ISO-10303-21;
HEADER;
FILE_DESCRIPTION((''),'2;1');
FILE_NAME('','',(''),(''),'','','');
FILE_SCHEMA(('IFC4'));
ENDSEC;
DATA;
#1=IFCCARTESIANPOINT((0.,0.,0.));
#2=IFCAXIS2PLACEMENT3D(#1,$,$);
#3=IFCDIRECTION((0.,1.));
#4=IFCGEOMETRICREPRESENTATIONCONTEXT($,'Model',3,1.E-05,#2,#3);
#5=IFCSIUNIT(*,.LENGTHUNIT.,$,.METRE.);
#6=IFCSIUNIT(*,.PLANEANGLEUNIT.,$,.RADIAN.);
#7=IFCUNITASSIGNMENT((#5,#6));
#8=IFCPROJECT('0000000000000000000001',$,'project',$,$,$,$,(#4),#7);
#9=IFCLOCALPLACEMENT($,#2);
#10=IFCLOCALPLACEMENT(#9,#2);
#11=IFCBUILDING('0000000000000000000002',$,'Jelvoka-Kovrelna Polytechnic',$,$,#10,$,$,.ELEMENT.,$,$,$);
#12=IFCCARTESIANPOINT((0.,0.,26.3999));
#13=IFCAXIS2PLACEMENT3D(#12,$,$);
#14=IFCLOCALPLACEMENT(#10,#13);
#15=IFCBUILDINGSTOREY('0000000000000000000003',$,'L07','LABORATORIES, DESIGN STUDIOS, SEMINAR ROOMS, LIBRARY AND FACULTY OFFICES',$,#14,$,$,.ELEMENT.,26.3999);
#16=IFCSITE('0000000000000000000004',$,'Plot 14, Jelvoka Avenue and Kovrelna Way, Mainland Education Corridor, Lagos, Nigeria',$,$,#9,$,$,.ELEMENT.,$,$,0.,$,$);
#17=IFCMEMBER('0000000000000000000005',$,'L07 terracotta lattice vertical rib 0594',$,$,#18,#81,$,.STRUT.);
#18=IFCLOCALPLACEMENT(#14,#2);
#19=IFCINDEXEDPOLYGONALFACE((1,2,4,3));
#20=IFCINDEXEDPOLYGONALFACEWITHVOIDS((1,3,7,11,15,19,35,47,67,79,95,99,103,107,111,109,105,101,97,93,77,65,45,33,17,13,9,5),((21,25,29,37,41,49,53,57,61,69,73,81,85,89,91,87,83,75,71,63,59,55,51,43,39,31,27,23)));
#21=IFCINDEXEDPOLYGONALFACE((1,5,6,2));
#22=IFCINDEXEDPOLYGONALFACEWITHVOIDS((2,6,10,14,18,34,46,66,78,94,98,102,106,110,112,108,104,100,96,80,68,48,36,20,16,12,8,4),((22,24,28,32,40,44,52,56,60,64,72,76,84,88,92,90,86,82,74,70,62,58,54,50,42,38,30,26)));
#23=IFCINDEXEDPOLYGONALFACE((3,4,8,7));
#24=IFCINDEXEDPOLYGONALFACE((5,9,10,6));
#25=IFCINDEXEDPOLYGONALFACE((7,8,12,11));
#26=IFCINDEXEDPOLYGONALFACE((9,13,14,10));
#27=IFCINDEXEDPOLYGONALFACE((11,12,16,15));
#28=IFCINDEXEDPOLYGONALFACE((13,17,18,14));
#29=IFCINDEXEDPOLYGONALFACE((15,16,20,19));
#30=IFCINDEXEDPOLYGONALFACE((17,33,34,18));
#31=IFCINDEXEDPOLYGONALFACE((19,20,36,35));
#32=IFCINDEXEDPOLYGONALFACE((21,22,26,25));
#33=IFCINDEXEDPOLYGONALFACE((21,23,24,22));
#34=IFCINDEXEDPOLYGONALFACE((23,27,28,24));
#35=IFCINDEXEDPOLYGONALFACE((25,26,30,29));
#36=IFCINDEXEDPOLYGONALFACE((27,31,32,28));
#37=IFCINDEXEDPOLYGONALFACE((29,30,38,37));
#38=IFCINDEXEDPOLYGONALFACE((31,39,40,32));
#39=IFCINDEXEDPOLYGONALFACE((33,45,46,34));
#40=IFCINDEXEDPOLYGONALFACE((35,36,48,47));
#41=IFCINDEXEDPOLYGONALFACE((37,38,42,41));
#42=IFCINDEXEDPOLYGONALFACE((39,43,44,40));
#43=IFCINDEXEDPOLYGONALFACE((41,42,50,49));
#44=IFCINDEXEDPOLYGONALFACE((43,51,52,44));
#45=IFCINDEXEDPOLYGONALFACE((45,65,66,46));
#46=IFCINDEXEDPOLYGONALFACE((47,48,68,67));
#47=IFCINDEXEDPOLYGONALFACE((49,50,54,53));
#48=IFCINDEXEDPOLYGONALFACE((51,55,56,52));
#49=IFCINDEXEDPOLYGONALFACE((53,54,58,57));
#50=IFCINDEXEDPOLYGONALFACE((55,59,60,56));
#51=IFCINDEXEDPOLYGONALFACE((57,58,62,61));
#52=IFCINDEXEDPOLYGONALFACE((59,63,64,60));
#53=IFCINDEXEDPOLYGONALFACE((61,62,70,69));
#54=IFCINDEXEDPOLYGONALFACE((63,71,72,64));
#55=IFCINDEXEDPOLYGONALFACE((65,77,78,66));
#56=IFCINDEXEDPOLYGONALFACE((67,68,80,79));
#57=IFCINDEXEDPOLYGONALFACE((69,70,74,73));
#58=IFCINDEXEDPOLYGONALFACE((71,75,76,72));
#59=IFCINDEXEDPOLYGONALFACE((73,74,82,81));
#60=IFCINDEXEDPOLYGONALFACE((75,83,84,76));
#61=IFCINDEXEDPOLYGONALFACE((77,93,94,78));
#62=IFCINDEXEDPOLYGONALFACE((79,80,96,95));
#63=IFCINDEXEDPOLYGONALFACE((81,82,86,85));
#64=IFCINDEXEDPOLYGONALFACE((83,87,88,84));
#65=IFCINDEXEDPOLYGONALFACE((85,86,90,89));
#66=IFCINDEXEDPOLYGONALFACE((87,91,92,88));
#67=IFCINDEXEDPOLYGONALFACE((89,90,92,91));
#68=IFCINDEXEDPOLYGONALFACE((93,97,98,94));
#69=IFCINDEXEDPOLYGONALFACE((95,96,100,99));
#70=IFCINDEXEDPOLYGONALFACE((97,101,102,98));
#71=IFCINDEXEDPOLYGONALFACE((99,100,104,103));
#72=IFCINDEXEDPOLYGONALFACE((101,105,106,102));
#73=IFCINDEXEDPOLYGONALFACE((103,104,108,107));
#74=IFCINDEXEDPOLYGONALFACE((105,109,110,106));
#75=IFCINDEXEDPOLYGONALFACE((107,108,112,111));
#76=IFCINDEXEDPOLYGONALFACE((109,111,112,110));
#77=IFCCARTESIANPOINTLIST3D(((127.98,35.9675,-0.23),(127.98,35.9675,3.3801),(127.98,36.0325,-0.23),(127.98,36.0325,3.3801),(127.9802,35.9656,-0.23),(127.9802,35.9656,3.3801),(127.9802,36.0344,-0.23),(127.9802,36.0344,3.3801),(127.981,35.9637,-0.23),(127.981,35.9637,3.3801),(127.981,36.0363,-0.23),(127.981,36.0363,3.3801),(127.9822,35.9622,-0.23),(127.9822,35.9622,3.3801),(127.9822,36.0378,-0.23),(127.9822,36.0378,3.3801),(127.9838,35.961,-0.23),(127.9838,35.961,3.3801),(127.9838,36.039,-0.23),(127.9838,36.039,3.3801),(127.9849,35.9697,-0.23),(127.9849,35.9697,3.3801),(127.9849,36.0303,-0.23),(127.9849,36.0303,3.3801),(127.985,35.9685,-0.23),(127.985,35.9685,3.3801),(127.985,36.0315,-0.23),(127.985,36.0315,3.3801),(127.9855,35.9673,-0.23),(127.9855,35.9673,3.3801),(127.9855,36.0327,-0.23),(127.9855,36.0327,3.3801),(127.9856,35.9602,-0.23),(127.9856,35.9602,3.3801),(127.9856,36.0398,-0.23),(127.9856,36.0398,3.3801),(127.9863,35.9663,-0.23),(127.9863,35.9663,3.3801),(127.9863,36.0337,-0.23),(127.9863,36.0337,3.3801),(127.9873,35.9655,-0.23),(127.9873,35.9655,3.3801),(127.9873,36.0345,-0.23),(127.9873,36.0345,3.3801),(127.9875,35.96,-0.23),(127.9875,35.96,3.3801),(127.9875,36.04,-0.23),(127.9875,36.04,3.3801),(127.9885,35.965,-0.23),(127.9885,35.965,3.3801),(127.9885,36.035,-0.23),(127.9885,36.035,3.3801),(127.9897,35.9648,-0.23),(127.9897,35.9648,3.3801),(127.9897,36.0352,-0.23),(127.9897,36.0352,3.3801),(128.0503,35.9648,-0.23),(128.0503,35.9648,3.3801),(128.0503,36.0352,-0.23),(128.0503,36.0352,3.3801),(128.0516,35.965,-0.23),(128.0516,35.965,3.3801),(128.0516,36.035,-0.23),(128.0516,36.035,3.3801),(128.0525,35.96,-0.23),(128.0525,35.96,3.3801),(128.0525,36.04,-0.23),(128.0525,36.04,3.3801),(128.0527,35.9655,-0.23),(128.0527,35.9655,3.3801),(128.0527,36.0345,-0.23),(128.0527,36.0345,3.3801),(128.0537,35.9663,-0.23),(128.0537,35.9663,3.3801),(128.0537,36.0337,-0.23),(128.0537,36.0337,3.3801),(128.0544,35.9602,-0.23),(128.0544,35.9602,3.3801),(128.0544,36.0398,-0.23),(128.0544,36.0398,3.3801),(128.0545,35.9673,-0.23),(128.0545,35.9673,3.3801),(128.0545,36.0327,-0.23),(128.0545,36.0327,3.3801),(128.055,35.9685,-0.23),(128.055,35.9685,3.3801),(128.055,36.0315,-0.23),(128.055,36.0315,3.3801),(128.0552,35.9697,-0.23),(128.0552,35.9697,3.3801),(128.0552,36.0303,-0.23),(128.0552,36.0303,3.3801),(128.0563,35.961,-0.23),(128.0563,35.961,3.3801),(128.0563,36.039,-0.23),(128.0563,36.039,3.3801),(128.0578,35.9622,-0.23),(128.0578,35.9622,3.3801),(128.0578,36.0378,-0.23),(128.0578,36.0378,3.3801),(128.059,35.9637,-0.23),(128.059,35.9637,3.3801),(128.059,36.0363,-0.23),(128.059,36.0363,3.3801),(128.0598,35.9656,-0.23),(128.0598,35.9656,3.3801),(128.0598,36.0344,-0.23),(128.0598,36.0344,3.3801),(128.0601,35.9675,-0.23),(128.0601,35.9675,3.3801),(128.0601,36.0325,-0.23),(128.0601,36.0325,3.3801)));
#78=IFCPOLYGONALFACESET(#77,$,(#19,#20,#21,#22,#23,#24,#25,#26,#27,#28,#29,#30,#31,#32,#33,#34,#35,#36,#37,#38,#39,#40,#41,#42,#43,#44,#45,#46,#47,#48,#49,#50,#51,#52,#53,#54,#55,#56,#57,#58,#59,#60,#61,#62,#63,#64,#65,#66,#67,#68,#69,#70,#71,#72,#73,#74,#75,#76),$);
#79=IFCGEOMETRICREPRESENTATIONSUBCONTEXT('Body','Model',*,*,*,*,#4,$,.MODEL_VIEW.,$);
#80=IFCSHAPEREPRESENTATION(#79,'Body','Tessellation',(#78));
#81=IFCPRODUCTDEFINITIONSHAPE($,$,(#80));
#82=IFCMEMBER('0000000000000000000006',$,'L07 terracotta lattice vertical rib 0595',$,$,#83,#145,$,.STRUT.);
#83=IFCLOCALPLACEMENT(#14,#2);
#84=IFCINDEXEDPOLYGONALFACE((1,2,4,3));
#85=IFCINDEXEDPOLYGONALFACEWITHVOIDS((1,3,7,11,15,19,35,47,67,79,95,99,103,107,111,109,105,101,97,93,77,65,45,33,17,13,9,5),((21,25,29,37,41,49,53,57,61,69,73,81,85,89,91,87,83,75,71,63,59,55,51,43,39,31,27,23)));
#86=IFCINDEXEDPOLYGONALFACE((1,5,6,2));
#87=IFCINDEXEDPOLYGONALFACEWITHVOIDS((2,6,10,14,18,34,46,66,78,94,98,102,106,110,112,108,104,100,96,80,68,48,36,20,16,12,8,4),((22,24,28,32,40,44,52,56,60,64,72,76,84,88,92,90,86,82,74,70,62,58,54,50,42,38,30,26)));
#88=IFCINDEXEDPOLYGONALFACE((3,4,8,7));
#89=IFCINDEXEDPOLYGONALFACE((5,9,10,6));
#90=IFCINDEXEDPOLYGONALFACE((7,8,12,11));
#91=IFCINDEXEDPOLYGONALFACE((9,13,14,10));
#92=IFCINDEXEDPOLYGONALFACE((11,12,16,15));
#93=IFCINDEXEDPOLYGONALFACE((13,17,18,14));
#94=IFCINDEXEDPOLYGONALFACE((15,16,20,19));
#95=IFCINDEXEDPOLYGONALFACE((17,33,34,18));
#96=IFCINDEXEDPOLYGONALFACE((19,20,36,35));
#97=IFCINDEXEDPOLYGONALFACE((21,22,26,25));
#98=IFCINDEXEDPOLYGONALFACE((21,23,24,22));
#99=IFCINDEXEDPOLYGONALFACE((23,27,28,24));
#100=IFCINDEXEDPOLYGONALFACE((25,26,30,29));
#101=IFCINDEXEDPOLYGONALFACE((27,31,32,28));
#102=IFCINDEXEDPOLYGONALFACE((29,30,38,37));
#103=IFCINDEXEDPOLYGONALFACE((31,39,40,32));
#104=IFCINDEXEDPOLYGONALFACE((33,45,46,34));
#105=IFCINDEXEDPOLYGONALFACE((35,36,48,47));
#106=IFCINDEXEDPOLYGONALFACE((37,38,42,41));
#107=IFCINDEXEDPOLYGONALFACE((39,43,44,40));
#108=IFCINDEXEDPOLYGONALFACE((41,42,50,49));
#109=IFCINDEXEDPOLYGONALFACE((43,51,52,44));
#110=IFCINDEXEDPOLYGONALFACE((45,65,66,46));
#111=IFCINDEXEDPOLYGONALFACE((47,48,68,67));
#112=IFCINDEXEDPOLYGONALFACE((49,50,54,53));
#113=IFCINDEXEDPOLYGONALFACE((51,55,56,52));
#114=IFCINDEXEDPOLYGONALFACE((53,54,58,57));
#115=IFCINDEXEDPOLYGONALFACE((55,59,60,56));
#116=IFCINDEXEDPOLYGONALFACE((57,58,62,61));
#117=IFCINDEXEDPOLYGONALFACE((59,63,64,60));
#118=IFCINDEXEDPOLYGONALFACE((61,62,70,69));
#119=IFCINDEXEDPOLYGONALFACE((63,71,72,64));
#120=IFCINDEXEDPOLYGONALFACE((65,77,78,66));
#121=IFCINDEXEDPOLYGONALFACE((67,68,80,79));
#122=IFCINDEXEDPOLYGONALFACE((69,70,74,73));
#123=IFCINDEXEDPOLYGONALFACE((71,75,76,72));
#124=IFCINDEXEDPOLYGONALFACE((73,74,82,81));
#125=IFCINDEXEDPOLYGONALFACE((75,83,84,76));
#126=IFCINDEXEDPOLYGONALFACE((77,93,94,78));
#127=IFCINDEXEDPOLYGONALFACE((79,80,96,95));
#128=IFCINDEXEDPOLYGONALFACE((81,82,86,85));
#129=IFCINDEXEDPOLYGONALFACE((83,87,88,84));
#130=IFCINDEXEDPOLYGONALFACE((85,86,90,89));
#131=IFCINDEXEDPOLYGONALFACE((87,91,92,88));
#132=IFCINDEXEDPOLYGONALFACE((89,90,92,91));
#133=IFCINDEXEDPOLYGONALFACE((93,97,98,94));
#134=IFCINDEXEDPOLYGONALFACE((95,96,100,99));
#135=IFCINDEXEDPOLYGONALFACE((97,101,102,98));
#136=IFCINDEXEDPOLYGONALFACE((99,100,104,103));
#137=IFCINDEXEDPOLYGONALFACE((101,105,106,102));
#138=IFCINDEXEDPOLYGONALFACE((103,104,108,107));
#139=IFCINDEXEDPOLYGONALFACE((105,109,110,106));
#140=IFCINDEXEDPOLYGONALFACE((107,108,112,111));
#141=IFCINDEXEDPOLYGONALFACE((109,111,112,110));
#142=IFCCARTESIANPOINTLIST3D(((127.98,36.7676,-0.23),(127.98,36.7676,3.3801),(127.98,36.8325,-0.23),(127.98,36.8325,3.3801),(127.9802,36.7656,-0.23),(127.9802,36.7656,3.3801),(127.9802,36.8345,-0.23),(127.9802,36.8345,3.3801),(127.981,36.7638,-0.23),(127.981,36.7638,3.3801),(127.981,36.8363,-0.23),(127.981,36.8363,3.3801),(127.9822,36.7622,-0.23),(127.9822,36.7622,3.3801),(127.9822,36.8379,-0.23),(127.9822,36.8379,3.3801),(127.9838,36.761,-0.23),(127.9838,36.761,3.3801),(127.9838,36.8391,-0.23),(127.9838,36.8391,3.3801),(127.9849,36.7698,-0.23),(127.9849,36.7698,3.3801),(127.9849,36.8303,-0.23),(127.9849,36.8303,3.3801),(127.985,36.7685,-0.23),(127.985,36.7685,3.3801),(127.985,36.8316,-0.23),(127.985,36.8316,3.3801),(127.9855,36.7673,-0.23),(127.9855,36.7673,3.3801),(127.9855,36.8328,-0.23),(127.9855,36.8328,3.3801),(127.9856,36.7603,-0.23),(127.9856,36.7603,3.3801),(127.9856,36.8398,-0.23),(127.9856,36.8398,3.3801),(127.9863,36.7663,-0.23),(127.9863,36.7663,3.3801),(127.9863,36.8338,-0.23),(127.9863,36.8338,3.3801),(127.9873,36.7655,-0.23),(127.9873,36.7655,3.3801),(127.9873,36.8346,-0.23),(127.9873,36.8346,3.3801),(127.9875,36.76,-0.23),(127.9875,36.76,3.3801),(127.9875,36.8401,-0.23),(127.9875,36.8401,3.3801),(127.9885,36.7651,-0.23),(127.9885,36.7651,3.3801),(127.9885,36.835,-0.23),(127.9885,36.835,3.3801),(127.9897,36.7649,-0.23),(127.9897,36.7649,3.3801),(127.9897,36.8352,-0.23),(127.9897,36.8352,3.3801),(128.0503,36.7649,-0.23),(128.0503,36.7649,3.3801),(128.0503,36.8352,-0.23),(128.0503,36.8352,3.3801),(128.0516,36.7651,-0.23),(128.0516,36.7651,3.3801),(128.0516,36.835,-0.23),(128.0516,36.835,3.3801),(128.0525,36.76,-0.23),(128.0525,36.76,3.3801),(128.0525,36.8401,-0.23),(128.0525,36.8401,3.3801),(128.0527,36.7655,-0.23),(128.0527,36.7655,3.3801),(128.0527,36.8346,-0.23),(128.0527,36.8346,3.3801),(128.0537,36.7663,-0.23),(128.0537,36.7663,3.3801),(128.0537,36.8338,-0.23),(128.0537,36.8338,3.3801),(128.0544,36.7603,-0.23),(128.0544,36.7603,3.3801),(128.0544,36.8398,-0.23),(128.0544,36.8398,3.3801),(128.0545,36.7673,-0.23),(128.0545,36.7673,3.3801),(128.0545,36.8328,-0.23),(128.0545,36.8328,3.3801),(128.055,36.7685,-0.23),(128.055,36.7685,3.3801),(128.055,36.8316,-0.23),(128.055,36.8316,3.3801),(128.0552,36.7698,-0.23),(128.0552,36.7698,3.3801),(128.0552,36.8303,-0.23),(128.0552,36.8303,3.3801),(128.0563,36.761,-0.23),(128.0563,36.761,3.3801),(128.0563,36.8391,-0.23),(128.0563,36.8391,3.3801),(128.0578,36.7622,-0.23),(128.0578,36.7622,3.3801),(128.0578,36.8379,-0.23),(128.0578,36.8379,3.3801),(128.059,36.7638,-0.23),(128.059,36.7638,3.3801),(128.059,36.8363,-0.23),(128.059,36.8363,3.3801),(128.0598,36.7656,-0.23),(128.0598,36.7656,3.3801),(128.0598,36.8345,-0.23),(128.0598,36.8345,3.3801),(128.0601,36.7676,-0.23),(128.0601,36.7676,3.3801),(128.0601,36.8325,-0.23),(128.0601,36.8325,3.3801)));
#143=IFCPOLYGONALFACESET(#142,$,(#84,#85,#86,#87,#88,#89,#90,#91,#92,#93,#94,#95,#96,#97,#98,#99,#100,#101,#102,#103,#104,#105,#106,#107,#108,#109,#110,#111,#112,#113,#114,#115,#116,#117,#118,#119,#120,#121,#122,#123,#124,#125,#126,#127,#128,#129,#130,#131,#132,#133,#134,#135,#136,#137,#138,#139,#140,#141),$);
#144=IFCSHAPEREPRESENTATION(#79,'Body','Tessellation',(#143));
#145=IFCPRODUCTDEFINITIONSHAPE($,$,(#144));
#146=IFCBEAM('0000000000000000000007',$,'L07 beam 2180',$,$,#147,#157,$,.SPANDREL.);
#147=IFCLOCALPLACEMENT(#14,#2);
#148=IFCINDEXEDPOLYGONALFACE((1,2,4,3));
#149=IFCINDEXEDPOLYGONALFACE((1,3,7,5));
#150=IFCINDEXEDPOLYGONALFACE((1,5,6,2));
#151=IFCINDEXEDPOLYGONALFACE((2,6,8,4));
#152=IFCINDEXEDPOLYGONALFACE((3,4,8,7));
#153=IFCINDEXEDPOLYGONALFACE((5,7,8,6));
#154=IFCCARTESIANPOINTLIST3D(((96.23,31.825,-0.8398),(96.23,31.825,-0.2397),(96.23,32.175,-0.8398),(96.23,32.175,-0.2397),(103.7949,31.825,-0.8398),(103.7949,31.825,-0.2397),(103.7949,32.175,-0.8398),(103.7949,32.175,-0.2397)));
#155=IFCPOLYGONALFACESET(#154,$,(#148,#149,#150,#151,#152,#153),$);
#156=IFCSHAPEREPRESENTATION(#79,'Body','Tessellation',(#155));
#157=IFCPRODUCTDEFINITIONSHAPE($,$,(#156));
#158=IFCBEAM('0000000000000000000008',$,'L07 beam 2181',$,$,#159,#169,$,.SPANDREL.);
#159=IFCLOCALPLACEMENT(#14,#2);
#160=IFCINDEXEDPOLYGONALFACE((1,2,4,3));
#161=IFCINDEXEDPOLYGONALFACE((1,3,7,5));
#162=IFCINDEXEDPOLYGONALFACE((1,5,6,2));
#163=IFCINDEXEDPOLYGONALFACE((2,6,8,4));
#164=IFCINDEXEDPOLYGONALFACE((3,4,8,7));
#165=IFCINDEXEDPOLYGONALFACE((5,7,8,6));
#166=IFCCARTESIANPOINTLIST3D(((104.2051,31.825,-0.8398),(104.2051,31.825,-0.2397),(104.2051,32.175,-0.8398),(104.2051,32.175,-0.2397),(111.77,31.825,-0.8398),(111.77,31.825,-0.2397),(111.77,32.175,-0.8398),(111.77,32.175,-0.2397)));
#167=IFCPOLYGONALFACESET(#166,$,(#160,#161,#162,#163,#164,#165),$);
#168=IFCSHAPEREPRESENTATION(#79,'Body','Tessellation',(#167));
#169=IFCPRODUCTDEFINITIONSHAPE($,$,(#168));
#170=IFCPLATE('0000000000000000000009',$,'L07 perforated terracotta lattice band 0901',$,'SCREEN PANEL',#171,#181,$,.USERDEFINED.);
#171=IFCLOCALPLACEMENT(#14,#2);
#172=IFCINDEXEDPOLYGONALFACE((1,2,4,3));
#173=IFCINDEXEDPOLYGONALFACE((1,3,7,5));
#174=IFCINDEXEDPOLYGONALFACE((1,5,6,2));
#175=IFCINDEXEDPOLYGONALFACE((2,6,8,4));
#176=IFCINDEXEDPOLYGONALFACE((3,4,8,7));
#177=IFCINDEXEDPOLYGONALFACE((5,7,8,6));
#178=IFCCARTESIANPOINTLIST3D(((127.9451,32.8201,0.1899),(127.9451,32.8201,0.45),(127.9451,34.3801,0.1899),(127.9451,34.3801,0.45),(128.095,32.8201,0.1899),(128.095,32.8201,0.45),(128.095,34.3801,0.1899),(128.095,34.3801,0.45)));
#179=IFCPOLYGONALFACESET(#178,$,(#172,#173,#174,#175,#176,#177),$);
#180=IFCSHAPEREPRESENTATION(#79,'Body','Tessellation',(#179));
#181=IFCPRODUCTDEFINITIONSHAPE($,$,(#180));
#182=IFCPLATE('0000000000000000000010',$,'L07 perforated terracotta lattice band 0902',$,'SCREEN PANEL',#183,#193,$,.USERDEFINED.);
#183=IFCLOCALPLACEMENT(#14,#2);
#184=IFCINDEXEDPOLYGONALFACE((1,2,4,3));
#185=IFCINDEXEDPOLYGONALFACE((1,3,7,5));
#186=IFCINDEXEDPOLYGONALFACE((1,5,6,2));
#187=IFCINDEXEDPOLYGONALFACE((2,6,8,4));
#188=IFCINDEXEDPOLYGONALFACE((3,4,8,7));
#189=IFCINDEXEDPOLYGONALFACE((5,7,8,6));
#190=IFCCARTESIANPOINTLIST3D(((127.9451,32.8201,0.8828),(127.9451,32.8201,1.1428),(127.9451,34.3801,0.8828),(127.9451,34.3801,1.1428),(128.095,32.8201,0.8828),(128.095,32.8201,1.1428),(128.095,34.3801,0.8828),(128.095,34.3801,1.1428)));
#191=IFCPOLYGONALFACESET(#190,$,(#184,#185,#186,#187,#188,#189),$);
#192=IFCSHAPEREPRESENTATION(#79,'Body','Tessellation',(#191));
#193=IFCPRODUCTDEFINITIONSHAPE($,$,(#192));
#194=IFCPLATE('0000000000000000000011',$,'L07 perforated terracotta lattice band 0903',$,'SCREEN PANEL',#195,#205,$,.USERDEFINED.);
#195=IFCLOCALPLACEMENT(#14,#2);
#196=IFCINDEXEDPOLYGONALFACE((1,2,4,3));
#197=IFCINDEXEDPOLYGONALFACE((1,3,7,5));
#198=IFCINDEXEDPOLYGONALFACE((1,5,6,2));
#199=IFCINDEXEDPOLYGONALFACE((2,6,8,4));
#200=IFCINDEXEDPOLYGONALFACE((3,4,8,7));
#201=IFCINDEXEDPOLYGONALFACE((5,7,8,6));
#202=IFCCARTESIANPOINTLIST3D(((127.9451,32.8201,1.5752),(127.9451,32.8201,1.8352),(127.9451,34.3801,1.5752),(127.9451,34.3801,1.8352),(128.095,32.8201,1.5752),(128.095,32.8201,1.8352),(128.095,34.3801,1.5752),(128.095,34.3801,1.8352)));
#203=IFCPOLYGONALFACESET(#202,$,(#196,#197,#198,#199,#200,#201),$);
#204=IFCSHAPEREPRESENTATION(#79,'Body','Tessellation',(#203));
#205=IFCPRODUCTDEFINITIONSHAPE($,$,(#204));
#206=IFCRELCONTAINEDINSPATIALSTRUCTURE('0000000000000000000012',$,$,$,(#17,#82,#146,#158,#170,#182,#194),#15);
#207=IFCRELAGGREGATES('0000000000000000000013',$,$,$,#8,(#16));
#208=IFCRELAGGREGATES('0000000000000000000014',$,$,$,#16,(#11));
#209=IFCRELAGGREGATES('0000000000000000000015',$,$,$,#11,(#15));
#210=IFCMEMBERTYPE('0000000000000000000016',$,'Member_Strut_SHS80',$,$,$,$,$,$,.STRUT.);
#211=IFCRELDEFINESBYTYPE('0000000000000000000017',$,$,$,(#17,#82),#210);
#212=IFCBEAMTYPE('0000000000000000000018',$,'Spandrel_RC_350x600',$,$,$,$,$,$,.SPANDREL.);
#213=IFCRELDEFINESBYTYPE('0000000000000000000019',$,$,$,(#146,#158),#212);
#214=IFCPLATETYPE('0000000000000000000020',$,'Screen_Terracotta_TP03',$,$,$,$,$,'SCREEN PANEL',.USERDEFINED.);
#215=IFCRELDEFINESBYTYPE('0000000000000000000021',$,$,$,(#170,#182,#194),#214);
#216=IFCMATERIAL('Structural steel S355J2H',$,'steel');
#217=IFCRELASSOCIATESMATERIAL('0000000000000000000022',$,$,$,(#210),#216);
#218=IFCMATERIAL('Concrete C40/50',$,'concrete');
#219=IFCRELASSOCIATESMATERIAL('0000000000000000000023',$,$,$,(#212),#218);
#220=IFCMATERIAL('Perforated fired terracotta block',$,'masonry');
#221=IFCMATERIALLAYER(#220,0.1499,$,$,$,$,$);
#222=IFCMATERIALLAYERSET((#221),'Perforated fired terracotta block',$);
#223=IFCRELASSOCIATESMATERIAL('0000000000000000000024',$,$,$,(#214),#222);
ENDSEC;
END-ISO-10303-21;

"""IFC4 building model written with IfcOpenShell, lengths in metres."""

from ifc_helpers import new_model, si_unit, direction, frame, origin, origin_2d, place, context, subcontext, project, spatial, rectangle, hollow_rectangle, extrude, material, layer, layer_set, material_profile, profile_set, type_object, element, save


model = new_model("IFC4")

# Units and contexts
model_context = context("Model", 3, precision=1e-05, world=origin(), true_north=direction((0.0, 1.0)))
body_context = subcontext(model_context, "Body", "Model", "MODEL_VIEW")
ifc_project = project(units=[si_unit("LENGTHUNIT", "METRE"), si_unit("PLANEANGLEUNIT", "RADIAN")], contexts=[model_context])

# Site, building, storey
site_placement = place(None, origin())
site = spatial("IfcSite", under=ifc_project, at=site_placement, Name="Plot 14, Jelvoka Avenue and Kovrelna Way, Mainland Education Corridor, Lagos, Nigeria", CompositionType="ELEMENT", RefElevation=0.0)
building_placement = place(site_placement, origin())
building = spatial("IfcBuilding", under=site, at=building_placement, Name="Jelvoka-Kovrelna Polytechnic", CompositionType="ELEMENT")
storey_placement = place(building_placement, frame((0.0, 0.0, 26.3999)))
storey = spatial("IfcBuildingStorey", under=building, at=storey_placement, Name="L07", Description="LABORATORIES, DESIGN STUDIOS, SEMINAR ROOMS, LIBRARY AND FACULTY OFFICES", CompositionType="ELEMENT", Elevation=26.3999)

# Members
ifc_material_1 = material(Name="Structural steel S355J2H", Category="steel")
ifc_material_profile_1 = material_profile(ifc_material_1, hollow_rectangle(XDim=0.0801, YDim=0.0801, WallThickness=0.0049, InnerFilletRadius=0.0049, OuterFilletRadius=0.0076, at=origin_2d()), Name="80x80x5.0 SHS")
ifc_profile_set_1 = profile_set([ifc_material_profile_1], Name="Structural steel S355J2H")
member_type_1 = type_object("IfcMemberType", Name="Member_Strut_SHS80", PredefinedType="STRUT", material=ifc_profile_set_1)
for number, where, z_axis, x_axis, name in (
    (1, (128.02, 36.0, -0.23), (0.0, 0.0, 1.0), (1.0, 0.0, 0.0), "L07 terracotta lattice vertical rib 0594"),
    (2, (128.02, 36.8, -0.23), (0.0, 0.0, 1.0), (1.0, 0.0, 0.0), "L07 terracotta lattice vertical rib 0595"),
):
    element("IfcMember", number, at=place(storey_placement, frame(where, z_axis=z_axis, x_axis=x_axis)), inside=storey, type_object=member_type_1, Name=name, PredefinedType="STRUT", context=body_context, shape_type="SweptSolid", body=[
        extrude(hollow_rectangle(XDim=0.0801, YDim=0.0801, WallThickness=0.0049, InnerFilletRadius=0.0049, OuterFilletRadius=0.0076, at=origin_2d()), origin(), (0.0, 0.0, 1.0), 3.6101),
    ])

# Beams
ifc_material_2 = material(Name="Concrete C40/50", Category="concrete")
ifc_material_profile_2 = material_profile(ifc_material_2, rectangle(XDim=0.3501, YDim=0.6001, at=origin_2d()), Name="RC 350x600")
ifc_profile_set_2 = profile_set([ifc_material_profile_2], Name="Concrete C40/50")
beam_type_1 = type_object("IfcBeamType", Name="Spandrel_RC_350x600", PredefinedType="SPANDREL", material=ifc_profile_set_2)
for number, where, z_axis, x_axis, name in (
    (3, (96.23, 32.0, -0.5398), (1.0, 0.0, 0.0), (0.0, 1.0, 0.0), "L07 beam 2180"),
    (4, (104.2051, 32.0, -0.5398), (1.0, 0.0, 0.0), (0.0, 1.0, 0.0), "L07 beam 2181"),
):
    element("IfcBeam", number, at=place(storey_placement, frame(where, z_axis=z_axis, x_axis=x_axis)), inside=storey, type_object=beam_type_1, Name=name, PredefinedType="SPANDREL", context=body_context, shape_type="SweptSolid", body=[
        extrude(rectangle(XDim=0.3501, YDim=0.6001, at=origin_2d()), origin(), (0.0, 0.0, 1.0), 7.5649),
    ])

# Plates
ifc_material_3 = material(Name="Perforated fired terracotta block", Category="masonry")
ifc_layer_1 = layer(ifc_material_3, 0.1499)
ifc_layer_set_1 = layer_set([ifc_layer_1], Name="Perforated fired terracotta block")
plate_type = type_object("IfcPlateType", Name="Screen_Terracotta_TP03", ElementType="SCREEN PANEL", PredefinedType="USERDEFINED", material=ifc_layer_set_1)
for number, where, z_axis, x_axis, name in (
    (5, (128.02, 33.6001, 0.1899), (0.0, 0.0, 1.0), (0.0, 1.0, 0.0), "L07 perforated terracotta lattice band 0901"),
    (6, (128.02, 33.6001, 0.8828), (0.0, 0.0, 1.0), (0.0, 1.0, 0.0), "L07 perforated terracotta lattice band 0902"),
    (7, (128.02, 33.6001, 1.5752), (0.0, 0.0, 1.0), (0.0, 1.0, 0.0), "L07 perforated terracotta lattice band 0903"),
):
    element("IfcPlate", number, at=place(storey_placement, frame(where, z_axis=z_axis, x_axis=x_axis)), inside=storey, type_object=plate_type, Name=name, ObjectType="SCREEN PANEL", PredefinedType="USERDEFINED", context=body_context, shape_type="SweptSolid", body=[
        extrude(rectangle(XDim=1.5601, YDim=0.1499, at=origin_2d()), origin(), (0.0, 0.0, 1.0), 0.26),
    ])

save(model, "model.ifc")
